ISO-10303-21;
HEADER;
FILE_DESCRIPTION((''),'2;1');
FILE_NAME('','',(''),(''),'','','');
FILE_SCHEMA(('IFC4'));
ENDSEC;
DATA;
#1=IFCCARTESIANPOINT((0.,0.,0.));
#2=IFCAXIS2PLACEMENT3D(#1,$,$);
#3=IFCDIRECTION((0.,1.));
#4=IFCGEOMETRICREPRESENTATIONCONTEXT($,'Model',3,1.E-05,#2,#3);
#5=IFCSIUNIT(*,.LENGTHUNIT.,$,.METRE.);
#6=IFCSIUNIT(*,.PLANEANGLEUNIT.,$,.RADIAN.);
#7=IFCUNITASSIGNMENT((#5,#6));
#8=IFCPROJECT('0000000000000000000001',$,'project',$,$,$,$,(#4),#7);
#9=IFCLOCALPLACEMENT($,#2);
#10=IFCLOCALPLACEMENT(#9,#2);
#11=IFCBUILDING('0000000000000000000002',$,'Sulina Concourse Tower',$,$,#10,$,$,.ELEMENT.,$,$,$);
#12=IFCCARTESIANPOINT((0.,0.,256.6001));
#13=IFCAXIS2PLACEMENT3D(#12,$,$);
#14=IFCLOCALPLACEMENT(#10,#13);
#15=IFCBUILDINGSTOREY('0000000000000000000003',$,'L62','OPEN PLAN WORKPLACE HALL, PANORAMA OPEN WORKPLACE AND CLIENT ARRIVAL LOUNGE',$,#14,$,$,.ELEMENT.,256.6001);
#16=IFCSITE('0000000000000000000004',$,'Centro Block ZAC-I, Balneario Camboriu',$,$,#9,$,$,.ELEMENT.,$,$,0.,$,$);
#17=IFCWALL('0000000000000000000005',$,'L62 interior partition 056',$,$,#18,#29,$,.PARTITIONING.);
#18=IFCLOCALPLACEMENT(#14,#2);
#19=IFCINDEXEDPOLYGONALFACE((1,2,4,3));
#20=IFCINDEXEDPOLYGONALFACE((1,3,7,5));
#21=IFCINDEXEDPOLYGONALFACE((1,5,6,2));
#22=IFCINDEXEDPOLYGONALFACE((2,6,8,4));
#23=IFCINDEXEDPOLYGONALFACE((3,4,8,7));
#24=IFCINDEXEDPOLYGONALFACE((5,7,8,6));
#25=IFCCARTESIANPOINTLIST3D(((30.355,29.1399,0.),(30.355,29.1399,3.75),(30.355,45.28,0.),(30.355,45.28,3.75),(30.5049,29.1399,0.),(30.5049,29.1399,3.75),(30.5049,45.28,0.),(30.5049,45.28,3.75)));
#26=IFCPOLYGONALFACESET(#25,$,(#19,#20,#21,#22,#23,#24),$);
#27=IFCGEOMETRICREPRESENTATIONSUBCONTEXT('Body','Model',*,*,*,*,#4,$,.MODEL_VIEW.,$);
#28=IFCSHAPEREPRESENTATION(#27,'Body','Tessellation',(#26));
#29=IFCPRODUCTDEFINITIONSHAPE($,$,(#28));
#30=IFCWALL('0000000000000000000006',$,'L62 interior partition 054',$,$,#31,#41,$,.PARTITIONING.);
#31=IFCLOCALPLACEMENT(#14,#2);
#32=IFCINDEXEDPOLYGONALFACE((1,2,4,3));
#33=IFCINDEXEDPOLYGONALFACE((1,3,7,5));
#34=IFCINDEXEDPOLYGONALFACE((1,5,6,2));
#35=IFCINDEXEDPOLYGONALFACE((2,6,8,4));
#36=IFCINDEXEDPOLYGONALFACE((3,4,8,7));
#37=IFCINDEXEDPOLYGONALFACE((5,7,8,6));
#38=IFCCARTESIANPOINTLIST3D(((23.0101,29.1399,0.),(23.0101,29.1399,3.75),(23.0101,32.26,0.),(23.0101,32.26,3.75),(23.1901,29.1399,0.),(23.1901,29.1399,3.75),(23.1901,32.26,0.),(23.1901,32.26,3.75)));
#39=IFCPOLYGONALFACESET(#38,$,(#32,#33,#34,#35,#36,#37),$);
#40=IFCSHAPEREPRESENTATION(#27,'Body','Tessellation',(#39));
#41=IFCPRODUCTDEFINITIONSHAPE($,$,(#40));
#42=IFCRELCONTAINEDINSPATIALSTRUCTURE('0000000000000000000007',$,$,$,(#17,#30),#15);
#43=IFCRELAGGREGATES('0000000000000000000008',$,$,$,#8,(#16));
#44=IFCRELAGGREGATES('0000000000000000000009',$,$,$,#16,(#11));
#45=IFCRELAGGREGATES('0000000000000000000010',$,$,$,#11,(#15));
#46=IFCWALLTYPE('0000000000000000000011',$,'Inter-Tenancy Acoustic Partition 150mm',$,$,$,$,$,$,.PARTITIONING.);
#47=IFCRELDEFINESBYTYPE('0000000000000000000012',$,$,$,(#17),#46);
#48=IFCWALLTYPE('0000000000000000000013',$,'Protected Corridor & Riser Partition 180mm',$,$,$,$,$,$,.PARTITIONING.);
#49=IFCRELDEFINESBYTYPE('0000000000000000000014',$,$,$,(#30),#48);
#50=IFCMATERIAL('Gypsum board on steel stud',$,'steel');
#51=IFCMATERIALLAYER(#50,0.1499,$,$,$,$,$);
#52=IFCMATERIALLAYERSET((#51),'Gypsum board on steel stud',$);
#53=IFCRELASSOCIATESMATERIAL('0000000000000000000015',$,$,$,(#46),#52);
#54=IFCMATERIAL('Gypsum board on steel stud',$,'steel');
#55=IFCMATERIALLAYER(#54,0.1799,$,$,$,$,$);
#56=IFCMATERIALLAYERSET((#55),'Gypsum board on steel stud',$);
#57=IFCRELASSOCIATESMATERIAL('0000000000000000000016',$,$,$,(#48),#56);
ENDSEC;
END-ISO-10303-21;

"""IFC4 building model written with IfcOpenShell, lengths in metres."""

from ifc_helpers import new_model, si_unit, direction, frame, frame_2d, origin, place, context, subcontext, project, spatial, rectangle, extrude, material, layer, layer_set, type_object, element, save


model = new_model("IFC4")

# Units and contexts
model_context = context("Model", 3, precision=1e-05, world=origin(), true_north=direction((0.0, 1.0)))
body_context = subcontext(model_context, "Body", "Model", "MODEL_VIEW")
ifc_project = project(units=[si_unit("LENGTHUNIT", "METRE"), si_unit("PLANEANGLEUNIT", "RADIAN")], contexts=[model_context])

# Site, building, storey
site_placement = place(None, origin())
site = spatial("IfcSite", under=ifc_project, at=site_placement, Name="Centro Block ZAC-I, Balneario Camboriu", CompositionType="ELEMENT", RefElevation=0.0)
building_placement = place(site_placement, origin())
building = spatial("IfcBuilding", under=site, at=building_placement, Name="Sulina Concourse Tower", CompositionType="ELEMENT")
storey_placement = place(building_placement, frame((0.0, 0.0, 256.6001)))
storey = spatial("IfcBuildingStorey", under=building, at=storey_placement, Name="L62", Description="OPEN PLAN WORKPLACE HALL, PANORAMA OPEN WORKPLACE AND CLIENT ARRIVAL LOUNGE", CompositionType="ELEMENT", Elevation=256.6001)

# Walls
ifc_material_1 = material(Name="Gypsum board on steel stud", Category="steel")
ifc_layer_1 = layer(ifc_material_1, 0.1499)
ifc_layer_set_1 = layer_set([ifc_layer_1], Name="Gypsum board on steel stud")
wall_type_1 = type_object("IfcWallType", Name="Inter-Tenancy Acoustic Partition 150mm", PredefinedType="PARTITIONING", material=ifc_layer_set_1)
wall_1_placement = place(storey_placement, frame((30.4299, 29.1399, 0.0), z_axis=(0.0, 0.0, 1.0), x_axis=(0.0, 1.0, 0.0)))
element("IfcWall", 1, at=wall_1_placement, inside=storey, type_object=wall_type_1, Name="L62 interior partition 056", PredefinedType="PARTITIONING", context=body_context, shape_type="SweptSolid", body=[
    extrude(rectangle(XDim=16.1401, YDim=0.1499, at=frame_2d((8.0701, 0.0))), origin(), (0.0, 0.0, 1.0), 3.75),
])
ifc_material_2 = material(Name="Gypsum board on steel stud", Category="steel")
ifc_layer_2 = layer(ifc_material_2, 0.1799)
ifc_layer_set_2 = layer_set([ifc_layer_2], Name="Gypsum board on steel stud")
wall_type_2 = type_object("IfcWallType", Name="Protected Corridor & Riser Partition 180mm", PredefinedType="PARTITIONING", material=ifc_layer_set_2)
wall_2_placement = place(storey_placement, frame((23.1001, 29.1399, 0.0), z_axis=(0.0, 0.0, 1.0), x_axis=(0.0, 1.0, 0.0)))
element("IfcWall", 2, at=wall_2_placement, inside=storey, type_object=wall_type_2, Name="L62 interior partition 054", PredefinedType="PARTITIONING", context=body_context, shape_type="SweptSolid", body=[
    extrude(rectangle(XDim=3.1201, YDim=0.1799, at=frame_2d((1.5601, 0.0))), origin(), (0.0, 0.0, 1.0), 3.75),
])

save(model, "model.ifc")
